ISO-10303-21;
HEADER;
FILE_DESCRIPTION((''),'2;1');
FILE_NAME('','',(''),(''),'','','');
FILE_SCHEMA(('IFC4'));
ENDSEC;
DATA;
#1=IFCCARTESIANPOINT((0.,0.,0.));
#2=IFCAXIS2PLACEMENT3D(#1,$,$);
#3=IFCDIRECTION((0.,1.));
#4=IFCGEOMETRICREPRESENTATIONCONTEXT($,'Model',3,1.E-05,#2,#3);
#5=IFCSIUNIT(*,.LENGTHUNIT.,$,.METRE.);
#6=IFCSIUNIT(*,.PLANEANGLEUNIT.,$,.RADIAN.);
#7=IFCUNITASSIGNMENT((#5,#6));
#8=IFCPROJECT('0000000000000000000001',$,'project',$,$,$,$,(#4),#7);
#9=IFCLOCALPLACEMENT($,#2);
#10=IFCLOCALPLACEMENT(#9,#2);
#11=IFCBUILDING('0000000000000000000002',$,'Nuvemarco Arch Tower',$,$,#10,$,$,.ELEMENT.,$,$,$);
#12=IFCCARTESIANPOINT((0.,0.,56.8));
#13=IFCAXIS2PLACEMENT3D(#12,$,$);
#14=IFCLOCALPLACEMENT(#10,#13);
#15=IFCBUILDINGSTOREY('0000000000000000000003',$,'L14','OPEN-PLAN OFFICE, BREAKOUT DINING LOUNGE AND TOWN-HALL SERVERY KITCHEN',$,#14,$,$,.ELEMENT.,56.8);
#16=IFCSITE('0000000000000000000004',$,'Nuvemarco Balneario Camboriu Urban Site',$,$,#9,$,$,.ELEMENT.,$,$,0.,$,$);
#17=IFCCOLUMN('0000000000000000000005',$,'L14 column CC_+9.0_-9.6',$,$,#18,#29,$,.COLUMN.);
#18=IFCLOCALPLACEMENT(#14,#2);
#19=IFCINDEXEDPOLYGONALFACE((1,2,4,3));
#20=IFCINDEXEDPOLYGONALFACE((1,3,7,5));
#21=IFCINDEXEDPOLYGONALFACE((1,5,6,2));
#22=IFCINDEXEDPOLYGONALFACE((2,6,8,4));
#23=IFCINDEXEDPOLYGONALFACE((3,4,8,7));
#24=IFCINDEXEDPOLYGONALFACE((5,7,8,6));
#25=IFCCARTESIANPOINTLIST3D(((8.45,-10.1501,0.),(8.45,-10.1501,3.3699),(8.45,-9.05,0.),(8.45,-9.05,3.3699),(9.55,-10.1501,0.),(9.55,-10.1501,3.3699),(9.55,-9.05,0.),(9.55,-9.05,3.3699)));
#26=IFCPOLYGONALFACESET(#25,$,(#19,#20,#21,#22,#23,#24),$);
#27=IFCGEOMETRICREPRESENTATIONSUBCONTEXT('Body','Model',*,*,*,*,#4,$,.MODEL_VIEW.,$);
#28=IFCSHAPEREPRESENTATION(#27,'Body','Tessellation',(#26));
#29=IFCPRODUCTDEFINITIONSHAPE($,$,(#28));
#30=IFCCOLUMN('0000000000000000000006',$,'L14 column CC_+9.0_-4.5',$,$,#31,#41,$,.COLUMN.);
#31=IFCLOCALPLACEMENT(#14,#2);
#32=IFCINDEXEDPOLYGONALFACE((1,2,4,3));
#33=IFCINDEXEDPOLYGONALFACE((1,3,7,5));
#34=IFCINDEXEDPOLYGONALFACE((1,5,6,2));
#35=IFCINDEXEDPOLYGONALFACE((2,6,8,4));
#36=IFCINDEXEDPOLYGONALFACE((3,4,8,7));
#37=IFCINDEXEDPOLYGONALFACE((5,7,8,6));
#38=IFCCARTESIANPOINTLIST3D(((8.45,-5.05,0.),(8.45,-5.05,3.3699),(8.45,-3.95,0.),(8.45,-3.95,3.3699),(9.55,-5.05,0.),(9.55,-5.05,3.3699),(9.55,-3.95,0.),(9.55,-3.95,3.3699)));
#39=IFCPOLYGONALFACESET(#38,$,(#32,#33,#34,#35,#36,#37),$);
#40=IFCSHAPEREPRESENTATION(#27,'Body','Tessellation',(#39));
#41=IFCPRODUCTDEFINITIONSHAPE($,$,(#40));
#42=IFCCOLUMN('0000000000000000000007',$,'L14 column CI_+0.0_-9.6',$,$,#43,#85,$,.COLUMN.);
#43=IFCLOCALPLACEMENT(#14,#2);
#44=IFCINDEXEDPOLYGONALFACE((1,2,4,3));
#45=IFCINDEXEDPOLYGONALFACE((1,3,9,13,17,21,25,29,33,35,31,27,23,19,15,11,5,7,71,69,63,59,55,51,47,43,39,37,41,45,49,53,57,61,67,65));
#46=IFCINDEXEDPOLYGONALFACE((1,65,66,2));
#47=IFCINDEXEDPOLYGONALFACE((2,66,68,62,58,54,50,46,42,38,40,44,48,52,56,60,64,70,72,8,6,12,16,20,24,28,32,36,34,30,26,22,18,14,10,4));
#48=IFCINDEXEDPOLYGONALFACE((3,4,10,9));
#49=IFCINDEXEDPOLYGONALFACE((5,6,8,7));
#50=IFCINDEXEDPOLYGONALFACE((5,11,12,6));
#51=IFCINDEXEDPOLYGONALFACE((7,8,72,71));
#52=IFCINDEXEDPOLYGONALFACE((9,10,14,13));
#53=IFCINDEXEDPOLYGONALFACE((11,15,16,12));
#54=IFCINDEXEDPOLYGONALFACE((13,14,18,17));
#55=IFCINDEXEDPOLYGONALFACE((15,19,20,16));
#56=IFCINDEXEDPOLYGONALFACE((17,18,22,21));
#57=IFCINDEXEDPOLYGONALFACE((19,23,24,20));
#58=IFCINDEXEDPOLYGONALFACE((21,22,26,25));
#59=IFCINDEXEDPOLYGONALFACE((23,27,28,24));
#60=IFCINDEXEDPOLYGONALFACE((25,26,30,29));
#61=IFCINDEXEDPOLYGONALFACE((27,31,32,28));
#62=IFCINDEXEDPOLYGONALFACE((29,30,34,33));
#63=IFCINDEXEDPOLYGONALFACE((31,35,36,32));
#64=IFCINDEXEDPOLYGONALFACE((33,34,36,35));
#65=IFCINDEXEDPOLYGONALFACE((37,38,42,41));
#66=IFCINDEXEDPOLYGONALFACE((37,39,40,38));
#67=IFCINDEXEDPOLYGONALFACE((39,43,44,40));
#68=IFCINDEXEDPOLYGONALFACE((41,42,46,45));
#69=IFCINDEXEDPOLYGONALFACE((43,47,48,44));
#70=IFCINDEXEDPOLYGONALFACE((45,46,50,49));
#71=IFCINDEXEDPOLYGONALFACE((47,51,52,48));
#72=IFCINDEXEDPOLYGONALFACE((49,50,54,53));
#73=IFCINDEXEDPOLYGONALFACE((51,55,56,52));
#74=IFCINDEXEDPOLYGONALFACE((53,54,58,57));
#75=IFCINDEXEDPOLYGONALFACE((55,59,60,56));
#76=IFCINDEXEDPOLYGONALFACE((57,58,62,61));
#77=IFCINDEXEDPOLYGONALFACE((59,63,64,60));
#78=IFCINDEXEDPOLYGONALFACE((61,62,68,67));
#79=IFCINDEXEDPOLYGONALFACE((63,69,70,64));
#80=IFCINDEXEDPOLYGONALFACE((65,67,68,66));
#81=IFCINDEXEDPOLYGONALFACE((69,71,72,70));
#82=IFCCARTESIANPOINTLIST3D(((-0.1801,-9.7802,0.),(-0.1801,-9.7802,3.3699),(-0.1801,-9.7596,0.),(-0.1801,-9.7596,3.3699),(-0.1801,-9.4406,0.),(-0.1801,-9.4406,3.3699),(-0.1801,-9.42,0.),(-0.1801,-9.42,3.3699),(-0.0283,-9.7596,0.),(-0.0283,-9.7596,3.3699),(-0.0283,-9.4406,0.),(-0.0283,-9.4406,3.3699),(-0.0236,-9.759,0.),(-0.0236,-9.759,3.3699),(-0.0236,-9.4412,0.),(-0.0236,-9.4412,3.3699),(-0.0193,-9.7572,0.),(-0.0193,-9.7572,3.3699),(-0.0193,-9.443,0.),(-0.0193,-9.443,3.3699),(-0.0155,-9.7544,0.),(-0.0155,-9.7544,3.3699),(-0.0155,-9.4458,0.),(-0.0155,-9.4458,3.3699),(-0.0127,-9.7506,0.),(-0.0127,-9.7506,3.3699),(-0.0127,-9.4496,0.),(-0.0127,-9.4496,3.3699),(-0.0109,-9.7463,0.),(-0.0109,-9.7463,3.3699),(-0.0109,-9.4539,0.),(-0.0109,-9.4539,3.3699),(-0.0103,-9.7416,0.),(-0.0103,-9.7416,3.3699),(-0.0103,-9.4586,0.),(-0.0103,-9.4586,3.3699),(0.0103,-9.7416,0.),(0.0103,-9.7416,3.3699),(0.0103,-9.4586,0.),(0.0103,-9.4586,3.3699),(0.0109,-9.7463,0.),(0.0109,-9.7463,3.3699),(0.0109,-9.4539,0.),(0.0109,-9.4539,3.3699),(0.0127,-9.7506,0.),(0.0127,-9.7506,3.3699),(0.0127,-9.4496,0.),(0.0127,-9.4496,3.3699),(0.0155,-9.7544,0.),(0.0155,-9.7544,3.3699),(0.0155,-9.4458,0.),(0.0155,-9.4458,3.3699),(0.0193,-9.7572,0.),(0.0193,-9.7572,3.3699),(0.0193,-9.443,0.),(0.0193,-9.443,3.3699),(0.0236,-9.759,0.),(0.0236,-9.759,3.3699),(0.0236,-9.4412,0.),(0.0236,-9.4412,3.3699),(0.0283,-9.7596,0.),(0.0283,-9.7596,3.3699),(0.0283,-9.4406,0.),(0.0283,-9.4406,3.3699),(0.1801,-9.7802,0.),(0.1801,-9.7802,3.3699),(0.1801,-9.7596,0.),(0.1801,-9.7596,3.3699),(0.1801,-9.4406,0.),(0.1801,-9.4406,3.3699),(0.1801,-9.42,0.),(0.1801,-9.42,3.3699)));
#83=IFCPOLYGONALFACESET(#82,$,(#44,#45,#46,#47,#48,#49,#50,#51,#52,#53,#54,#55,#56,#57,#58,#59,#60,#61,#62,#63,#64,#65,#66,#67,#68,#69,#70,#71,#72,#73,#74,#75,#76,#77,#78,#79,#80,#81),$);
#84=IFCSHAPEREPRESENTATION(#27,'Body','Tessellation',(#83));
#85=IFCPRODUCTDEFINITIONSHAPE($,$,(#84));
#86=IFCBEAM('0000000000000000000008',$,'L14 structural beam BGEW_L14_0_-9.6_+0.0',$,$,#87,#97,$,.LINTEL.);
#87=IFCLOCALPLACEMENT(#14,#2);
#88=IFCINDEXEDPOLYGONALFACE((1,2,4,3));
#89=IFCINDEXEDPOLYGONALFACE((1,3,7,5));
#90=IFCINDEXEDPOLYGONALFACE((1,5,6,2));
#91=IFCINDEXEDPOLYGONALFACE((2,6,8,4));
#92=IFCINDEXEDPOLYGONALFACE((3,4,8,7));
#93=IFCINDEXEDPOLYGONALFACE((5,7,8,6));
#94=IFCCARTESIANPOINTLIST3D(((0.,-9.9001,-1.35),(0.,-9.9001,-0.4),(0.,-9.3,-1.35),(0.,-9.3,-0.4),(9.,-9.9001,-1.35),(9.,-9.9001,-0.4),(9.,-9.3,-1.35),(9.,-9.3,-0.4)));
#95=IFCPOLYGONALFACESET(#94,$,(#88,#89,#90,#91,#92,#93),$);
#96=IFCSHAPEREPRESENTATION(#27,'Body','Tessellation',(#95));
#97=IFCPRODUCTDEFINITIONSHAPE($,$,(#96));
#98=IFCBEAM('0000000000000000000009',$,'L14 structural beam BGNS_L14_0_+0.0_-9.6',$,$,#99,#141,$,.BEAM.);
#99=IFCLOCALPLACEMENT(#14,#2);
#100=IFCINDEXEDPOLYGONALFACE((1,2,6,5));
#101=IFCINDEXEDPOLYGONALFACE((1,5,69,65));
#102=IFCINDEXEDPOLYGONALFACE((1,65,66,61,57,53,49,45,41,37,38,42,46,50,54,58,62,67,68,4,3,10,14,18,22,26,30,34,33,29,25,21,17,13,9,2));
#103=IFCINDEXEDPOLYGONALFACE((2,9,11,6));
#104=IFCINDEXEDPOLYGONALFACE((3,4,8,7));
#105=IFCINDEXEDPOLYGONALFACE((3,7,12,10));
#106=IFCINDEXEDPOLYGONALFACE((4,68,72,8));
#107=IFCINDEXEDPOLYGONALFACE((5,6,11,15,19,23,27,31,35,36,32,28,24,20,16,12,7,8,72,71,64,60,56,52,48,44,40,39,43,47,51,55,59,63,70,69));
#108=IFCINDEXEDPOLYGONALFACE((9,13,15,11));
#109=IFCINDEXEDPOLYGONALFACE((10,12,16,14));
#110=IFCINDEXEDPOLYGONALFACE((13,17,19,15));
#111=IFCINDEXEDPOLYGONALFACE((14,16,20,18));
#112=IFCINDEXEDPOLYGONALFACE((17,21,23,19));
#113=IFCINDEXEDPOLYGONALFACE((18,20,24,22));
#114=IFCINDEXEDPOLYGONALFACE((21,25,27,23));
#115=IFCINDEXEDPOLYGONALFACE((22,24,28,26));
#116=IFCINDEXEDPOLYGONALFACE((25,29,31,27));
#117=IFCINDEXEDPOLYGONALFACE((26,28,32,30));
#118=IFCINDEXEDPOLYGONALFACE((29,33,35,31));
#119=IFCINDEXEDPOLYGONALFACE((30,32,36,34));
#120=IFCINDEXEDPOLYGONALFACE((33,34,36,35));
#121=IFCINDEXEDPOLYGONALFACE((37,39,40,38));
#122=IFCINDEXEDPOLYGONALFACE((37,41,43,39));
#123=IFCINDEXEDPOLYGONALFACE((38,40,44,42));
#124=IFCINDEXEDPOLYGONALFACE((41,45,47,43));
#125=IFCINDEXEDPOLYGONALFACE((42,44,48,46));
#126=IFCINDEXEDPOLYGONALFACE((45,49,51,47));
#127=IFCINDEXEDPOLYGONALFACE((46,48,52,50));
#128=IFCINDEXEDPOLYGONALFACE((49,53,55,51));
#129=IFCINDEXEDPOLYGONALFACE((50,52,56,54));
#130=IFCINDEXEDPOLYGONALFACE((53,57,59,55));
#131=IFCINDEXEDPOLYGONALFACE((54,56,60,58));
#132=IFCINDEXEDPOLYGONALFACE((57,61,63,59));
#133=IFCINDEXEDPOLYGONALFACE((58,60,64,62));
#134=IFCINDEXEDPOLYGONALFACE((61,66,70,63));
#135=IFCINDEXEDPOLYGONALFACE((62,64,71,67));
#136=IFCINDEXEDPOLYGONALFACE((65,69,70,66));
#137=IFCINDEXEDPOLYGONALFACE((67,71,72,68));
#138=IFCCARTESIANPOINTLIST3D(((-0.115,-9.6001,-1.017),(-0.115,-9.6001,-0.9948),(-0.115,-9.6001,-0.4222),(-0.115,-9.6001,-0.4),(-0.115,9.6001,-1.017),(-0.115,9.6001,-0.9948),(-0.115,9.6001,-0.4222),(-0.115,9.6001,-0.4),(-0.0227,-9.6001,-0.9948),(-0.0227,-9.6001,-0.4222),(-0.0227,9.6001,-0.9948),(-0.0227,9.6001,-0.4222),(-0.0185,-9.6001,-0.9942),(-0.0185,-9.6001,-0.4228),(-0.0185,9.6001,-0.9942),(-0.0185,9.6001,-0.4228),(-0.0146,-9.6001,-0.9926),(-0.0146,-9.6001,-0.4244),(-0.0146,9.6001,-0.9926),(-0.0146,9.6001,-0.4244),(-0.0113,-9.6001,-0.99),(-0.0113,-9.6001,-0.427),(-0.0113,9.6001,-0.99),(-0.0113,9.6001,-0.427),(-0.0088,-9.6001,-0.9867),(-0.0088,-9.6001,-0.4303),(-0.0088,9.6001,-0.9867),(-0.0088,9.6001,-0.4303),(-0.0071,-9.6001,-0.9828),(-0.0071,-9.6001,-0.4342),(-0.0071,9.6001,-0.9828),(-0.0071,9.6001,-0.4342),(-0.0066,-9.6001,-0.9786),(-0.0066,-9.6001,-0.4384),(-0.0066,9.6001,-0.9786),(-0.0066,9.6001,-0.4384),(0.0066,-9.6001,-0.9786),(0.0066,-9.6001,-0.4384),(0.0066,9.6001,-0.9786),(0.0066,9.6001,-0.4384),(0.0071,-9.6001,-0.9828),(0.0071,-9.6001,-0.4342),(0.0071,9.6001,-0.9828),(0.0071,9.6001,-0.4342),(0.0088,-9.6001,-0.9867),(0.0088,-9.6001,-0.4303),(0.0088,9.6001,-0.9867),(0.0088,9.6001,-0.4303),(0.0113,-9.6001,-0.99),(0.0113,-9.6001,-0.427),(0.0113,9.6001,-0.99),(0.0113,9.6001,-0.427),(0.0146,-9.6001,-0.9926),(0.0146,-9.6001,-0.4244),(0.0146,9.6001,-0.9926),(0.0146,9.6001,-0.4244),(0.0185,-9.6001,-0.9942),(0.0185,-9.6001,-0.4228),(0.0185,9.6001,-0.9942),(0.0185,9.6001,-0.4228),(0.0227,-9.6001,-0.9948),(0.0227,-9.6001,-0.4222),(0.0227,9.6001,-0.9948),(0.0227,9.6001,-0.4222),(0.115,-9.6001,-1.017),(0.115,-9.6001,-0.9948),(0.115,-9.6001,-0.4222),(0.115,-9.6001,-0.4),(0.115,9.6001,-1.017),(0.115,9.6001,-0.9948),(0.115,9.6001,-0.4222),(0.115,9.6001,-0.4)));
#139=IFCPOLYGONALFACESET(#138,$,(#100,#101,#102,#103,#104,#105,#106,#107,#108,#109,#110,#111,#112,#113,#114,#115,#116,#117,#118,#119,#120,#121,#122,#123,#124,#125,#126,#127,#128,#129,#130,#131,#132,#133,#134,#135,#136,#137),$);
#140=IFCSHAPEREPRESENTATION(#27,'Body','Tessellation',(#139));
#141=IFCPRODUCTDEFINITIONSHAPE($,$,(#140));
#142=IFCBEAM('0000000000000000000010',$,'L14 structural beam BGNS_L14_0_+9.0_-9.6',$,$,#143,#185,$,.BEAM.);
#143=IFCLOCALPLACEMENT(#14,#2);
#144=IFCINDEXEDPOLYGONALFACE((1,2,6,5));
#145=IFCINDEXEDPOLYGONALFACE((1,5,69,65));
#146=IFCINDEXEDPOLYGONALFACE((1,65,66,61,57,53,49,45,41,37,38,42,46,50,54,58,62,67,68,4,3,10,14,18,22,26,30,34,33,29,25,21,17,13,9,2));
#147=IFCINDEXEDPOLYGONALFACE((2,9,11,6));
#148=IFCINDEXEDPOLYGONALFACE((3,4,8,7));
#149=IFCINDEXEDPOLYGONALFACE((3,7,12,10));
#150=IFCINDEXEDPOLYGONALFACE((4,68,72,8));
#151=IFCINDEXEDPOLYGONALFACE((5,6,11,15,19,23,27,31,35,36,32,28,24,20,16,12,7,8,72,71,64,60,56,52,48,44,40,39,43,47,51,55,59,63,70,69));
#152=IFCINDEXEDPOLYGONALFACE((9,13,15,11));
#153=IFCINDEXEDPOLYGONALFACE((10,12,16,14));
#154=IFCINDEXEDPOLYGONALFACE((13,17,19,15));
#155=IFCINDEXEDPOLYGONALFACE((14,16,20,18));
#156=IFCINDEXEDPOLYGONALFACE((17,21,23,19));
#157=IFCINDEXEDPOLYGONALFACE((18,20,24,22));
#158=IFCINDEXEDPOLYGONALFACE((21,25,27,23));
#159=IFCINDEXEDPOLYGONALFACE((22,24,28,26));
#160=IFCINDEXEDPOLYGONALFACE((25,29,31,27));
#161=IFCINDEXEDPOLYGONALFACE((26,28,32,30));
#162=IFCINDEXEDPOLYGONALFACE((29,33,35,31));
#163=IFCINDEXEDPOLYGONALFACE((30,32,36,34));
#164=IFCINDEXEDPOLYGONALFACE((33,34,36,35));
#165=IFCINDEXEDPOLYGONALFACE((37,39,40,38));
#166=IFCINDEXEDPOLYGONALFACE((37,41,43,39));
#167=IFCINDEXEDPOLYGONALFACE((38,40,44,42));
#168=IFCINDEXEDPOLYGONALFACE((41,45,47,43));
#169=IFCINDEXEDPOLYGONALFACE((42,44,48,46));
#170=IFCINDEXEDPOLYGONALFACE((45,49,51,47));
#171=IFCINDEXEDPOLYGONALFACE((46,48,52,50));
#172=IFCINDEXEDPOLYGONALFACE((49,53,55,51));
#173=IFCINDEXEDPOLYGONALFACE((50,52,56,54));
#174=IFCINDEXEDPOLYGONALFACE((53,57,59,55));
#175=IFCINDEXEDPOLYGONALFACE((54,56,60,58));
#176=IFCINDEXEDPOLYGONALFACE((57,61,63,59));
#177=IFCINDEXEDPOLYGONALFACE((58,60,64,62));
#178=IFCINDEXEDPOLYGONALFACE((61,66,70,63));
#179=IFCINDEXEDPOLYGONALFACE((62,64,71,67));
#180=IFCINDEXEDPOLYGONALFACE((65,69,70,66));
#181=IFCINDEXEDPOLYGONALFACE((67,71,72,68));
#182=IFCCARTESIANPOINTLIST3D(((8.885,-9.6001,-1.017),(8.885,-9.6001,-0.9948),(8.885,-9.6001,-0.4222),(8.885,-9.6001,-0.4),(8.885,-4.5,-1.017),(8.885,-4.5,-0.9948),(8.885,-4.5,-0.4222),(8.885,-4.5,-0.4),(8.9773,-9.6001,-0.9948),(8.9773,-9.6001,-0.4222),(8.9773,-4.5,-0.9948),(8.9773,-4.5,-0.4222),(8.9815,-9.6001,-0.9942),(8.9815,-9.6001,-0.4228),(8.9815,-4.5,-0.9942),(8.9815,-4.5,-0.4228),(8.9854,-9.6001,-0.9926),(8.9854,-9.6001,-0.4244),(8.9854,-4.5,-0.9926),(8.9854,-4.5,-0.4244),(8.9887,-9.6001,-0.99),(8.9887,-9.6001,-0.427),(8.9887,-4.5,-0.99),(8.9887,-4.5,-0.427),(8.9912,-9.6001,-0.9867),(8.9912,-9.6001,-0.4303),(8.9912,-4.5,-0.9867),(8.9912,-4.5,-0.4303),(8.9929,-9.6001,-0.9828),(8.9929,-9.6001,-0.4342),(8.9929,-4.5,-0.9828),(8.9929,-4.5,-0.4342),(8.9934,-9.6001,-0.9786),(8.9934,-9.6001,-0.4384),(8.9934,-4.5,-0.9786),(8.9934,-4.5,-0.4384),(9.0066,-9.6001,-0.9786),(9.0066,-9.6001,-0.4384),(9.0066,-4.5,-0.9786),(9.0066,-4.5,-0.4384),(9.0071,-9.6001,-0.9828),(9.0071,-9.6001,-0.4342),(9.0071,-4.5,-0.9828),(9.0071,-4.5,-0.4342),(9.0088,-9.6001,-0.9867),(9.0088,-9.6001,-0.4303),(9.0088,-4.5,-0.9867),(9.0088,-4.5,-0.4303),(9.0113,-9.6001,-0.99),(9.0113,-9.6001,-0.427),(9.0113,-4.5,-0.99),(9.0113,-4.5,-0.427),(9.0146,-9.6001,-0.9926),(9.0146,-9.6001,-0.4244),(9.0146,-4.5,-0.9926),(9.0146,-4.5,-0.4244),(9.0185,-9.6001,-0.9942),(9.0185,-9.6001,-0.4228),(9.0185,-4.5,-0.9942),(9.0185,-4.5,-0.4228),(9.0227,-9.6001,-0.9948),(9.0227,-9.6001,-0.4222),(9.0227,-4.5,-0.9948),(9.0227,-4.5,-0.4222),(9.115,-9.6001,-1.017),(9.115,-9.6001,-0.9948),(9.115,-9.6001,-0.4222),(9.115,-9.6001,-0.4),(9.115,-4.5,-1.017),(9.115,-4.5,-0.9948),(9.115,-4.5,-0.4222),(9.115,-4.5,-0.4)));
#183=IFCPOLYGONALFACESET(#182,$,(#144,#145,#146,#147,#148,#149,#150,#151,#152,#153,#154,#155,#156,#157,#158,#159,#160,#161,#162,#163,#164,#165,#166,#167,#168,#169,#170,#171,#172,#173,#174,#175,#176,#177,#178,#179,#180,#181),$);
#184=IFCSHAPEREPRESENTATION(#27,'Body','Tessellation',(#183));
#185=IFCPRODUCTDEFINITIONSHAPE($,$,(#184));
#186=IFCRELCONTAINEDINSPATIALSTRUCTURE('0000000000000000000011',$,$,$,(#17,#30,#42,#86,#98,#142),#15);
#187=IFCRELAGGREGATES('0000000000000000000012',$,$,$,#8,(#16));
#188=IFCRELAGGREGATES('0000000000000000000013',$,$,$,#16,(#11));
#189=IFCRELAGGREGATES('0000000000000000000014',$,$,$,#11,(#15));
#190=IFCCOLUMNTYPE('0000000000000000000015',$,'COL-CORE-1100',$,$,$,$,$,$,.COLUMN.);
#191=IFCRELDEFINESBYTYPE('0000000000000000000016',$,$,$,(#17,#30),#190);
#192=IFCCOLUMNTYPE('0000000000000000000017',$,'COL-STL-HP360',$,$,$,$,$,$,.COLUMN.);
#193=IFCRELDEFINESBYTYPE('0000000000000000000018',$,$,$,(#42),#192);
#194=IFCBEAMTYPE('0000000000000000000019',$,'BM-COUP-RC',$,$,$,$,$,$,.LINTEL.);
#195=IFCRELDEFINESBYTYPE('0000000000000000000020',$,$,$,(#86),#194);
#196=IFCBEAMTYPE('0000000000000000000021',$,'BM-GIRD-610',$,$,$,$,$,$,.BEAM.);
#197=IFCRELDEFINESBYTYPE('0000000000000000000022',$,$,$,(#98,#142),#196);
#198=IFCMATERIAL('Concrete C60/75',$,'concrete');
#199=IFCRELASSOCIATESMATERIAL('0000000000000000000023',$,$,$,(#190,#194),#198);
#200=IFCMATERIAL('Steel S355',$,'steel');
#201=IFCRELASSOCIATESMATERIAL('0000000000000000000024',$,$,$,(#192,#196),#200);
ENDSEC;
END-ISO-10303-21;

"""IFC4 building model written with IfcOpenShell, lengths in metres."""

from ifc_helpers import new_model, si_unit, direction, frame, origin, origin_2d, place, context, subcontext, project, spatial, rectangle, i_section, extrude, material, material_profile, profile_set, type_object, element, save


model = new_model("IFC4")

# Units and contexts
model_context = context("Model", 3, precision=1e-05, world=origin(), true_north=direction((0.0, 1.0)))
body_context = subcontext(model_context, "Body", "Model", "MODEL_VIEW")
ifc_project = project(units=[si_unit("LENGTHUNIT", "METRE"), si_unit("PLANEANGLEUNIT", "RADIAN")], contexts=[model_context])

# Site, building, storey
site_placement = place(None, origin())
site = spatial("IfcSite", under=ifc_project, at=site_placement, Name="Nuvemarco Balneario Camboriu Urban Site", CompositionType="ELEMENT", RefElevation=0.0)
building_placement = place(site_placement, origin())
building = spatial("IfcBuilding", under=site, at=building_placement, Name="Nuvemarco Arch Tower", CompositionType="ELEMENT")
storey_placement = place(building_placement, frame((0.0, 0.0, 56.8)))
storey = spatial("IfcBuildingStorey", under=building, at=storey_placement, Name="L14", Description="OPEN-PLAN OFFICE, BREAKOUT DINING LOUNGE AND TOWN-HALL SERVERY KITCHEN", CompositionType="ELEMENT", Elevation=56.8)

# Columns
ifc_material_1 = material(Name="Concrete C60/75", Category="concrete")
ifc_material_profile_1 = material_profile(ifc_material_1, rectangle(XDim=1.1001, YDim=1.1001, at=origin_2d()), Name="RC-COL-1100x1100")
ifc_profile_set_1 = profile_set([ifc_material_profile_1], Name="Concrete C60/75")
column_type_1 = type_object("IfcColumnType", Name="COL-CORE-1100", PredefinedType="COLUMN", material=ifc_profile_set_1)
for number, where, z_axis, x_axis, name in (
    (1, (9.0, -9.6001, 0.0), (0.0, 0.0, 1.0), (1.0, 0.0, 0.0), "L14 column CC_+9.0_-9.6"),
    (2, (9.0, -4.5, 0.0), (0.0, 0.0, 1.0), (1.0, 0.0, 0.0), "L14 column CC_+9.0_-4.5"),
):
    element("IfcColumn", number, at=place(storey_placement, frame(where, z_axis=z_axis, x_axis=x_axis)), inside=storey, type_object=column_type_1, Name=name, PredefinedType="COLUMN", context=body_context, shape_type="SweptSolid", body=[
        extrude(rectangle(XDim=1.1001, YDim=1.1001, at=origin_2d()), origin(), (0.0, 0.0, 1.0), 3.3699),
    ])
ifc_material_2 = material(Name="Steel S355", Category="steel")
ifc_material_profile_2 = material_profile(ifc_material_2, i_section(OverallWidth=0.3601, OverallDepth=0.3601, WebThickness=0.0205, FlangeThickness=0.0205, FilletRadius=0.0181, at=origin_2d()), Name="HP360x174")
ifc_profile_set_2 = profile_set([ifc_material_profile_2], Name="Steel S355")
column_type_2 = type_object("IfcColumnType", Name="COL-STL-HP360", PredefinedType="COLUMN", material=ifc_profile_set_2)
column_placement = place(storey_placement, frame((0.0, -9.6001, 0.0), z_axis=(0.0, 0.0, 1.0), x_axis=(1.0, 0.0, 0.0)))
element("IfcColumn", 3, at=column_placement, inside=storey, type_object=column_type_2, Name="L14 column CI_+0.0_-9.6", PredefinedType="COLUMN", context=body_context, shape_type="SweptSolid", body=[
    extrude(i_section(OverallWidth=0.3601, OverallDepth=0.3601, WebThickness=0.0205, FlangeThickness=0.0205, FilletRadius=0.0181, at=origin_2d()), origin(), (0.0, 0.0, 1.0), 3.3699),
])

# Beams
ifc_material_profile_3 = material_profile(ifc_material_1, rectangle(XDim=0.6001, YDim=0.95, at=origin_2d()), Name="RC-BM-600x950")
ifc_profile_set_3 = profile_set([ifc_material_profile_3], Name="Concrete C60/75")
beam_type_1 = type_object("IfcBeamType", Name="BM-COUP-RC", PredefinedType="LINTEL", material=ifc_profile_set_3)
beam_1_placement = place(storey_placement, frame((0.0, -9.6001, -0.875), z_axis=(1.0, 0.0, 0.0), x_axis=(0.0, 1.0, 0.0)))
element("IfcBeam", 4, at=beam_1_placement, inside=storey, type_object=beam_type_1, Name="L14 structural beam BGEW_L14_0_-9.6_+0.0", PredefinedType="LINTEL", context=body_context, shape_type="SweptSolid", body=[
    extrude(rectangle(XDim=0.6001, YDim=0.95, at=origin_2d()), origin(), (0.0, 0.0, 1.0), 9.0),
])
ifc_material_profile_4 = material_profile(ifc_material_2, i_section(OverallWidth=0.23, OverallDepth=0.6169, WebThickness=0.0132, FlangeThickness=0.0222, FilletRadius=0.0161, at=origin_2d()), Name="W610x140")
ifc_profile_set_4 = profile_set([ifc_material_profile_4], Name="Steel S355")
beam_type_2 = type_object("IfcBeamType", Name="BM-GIRD-610", PredefinedType="BEAM", material=ifc_profile_set_4)
beam_2_placement = place(storey_placement, frame((0.0, -9.6001, -0.7085), z_axis=(0.0, 1.0, 0.0), x_axis=(-1.0, 0.0, 0.0)))
element("IfcBeam", 5, at=beam_2_placement, inside=storey, type_object=beam_type_2, Name="L14 structural beam BGNS_L14_0_+0.0_-9.6", PredefinedType="BEAM", context=body_context, shape_type="SweptSolid", body=[
    extrude(i_section(OverallWidth=0.23, OverallDepth=0.6169, WebThickness=0.0132, FlangeThickness=0.0222, FilletRadius=0.0161, at=origin_2d()), origin(), (0.0, 0.0, 1.0), 19.2002),
])
beam_3_placement = place(storey_placement, frame((9.0, -9.6001, -0.7085), z_axis=(0.0, 1.0, 0.0), x_axis=(-1.0, 0.0, 0.0)))
element("IfcBeam", 6, at=beam_3_placement, inside=storey, type_object=beam_type_2, Name="L14 structural beam BGNS_L14_0_+9.0_-9.6", PredefinedType="BEAM", context=body_context, shape_type="SweptSolid", body=[
    extrude(i_section(OverallWidth=0.23, OverallDepth=0.6169, WebThickness=0.0132, FlangeThickness=0.0222, FilletRadius=0.0161, at=origin_2d()), origin(), (0.0, 0.0, 1.0), 5.1001),
])

save(model, "model.ifc")
